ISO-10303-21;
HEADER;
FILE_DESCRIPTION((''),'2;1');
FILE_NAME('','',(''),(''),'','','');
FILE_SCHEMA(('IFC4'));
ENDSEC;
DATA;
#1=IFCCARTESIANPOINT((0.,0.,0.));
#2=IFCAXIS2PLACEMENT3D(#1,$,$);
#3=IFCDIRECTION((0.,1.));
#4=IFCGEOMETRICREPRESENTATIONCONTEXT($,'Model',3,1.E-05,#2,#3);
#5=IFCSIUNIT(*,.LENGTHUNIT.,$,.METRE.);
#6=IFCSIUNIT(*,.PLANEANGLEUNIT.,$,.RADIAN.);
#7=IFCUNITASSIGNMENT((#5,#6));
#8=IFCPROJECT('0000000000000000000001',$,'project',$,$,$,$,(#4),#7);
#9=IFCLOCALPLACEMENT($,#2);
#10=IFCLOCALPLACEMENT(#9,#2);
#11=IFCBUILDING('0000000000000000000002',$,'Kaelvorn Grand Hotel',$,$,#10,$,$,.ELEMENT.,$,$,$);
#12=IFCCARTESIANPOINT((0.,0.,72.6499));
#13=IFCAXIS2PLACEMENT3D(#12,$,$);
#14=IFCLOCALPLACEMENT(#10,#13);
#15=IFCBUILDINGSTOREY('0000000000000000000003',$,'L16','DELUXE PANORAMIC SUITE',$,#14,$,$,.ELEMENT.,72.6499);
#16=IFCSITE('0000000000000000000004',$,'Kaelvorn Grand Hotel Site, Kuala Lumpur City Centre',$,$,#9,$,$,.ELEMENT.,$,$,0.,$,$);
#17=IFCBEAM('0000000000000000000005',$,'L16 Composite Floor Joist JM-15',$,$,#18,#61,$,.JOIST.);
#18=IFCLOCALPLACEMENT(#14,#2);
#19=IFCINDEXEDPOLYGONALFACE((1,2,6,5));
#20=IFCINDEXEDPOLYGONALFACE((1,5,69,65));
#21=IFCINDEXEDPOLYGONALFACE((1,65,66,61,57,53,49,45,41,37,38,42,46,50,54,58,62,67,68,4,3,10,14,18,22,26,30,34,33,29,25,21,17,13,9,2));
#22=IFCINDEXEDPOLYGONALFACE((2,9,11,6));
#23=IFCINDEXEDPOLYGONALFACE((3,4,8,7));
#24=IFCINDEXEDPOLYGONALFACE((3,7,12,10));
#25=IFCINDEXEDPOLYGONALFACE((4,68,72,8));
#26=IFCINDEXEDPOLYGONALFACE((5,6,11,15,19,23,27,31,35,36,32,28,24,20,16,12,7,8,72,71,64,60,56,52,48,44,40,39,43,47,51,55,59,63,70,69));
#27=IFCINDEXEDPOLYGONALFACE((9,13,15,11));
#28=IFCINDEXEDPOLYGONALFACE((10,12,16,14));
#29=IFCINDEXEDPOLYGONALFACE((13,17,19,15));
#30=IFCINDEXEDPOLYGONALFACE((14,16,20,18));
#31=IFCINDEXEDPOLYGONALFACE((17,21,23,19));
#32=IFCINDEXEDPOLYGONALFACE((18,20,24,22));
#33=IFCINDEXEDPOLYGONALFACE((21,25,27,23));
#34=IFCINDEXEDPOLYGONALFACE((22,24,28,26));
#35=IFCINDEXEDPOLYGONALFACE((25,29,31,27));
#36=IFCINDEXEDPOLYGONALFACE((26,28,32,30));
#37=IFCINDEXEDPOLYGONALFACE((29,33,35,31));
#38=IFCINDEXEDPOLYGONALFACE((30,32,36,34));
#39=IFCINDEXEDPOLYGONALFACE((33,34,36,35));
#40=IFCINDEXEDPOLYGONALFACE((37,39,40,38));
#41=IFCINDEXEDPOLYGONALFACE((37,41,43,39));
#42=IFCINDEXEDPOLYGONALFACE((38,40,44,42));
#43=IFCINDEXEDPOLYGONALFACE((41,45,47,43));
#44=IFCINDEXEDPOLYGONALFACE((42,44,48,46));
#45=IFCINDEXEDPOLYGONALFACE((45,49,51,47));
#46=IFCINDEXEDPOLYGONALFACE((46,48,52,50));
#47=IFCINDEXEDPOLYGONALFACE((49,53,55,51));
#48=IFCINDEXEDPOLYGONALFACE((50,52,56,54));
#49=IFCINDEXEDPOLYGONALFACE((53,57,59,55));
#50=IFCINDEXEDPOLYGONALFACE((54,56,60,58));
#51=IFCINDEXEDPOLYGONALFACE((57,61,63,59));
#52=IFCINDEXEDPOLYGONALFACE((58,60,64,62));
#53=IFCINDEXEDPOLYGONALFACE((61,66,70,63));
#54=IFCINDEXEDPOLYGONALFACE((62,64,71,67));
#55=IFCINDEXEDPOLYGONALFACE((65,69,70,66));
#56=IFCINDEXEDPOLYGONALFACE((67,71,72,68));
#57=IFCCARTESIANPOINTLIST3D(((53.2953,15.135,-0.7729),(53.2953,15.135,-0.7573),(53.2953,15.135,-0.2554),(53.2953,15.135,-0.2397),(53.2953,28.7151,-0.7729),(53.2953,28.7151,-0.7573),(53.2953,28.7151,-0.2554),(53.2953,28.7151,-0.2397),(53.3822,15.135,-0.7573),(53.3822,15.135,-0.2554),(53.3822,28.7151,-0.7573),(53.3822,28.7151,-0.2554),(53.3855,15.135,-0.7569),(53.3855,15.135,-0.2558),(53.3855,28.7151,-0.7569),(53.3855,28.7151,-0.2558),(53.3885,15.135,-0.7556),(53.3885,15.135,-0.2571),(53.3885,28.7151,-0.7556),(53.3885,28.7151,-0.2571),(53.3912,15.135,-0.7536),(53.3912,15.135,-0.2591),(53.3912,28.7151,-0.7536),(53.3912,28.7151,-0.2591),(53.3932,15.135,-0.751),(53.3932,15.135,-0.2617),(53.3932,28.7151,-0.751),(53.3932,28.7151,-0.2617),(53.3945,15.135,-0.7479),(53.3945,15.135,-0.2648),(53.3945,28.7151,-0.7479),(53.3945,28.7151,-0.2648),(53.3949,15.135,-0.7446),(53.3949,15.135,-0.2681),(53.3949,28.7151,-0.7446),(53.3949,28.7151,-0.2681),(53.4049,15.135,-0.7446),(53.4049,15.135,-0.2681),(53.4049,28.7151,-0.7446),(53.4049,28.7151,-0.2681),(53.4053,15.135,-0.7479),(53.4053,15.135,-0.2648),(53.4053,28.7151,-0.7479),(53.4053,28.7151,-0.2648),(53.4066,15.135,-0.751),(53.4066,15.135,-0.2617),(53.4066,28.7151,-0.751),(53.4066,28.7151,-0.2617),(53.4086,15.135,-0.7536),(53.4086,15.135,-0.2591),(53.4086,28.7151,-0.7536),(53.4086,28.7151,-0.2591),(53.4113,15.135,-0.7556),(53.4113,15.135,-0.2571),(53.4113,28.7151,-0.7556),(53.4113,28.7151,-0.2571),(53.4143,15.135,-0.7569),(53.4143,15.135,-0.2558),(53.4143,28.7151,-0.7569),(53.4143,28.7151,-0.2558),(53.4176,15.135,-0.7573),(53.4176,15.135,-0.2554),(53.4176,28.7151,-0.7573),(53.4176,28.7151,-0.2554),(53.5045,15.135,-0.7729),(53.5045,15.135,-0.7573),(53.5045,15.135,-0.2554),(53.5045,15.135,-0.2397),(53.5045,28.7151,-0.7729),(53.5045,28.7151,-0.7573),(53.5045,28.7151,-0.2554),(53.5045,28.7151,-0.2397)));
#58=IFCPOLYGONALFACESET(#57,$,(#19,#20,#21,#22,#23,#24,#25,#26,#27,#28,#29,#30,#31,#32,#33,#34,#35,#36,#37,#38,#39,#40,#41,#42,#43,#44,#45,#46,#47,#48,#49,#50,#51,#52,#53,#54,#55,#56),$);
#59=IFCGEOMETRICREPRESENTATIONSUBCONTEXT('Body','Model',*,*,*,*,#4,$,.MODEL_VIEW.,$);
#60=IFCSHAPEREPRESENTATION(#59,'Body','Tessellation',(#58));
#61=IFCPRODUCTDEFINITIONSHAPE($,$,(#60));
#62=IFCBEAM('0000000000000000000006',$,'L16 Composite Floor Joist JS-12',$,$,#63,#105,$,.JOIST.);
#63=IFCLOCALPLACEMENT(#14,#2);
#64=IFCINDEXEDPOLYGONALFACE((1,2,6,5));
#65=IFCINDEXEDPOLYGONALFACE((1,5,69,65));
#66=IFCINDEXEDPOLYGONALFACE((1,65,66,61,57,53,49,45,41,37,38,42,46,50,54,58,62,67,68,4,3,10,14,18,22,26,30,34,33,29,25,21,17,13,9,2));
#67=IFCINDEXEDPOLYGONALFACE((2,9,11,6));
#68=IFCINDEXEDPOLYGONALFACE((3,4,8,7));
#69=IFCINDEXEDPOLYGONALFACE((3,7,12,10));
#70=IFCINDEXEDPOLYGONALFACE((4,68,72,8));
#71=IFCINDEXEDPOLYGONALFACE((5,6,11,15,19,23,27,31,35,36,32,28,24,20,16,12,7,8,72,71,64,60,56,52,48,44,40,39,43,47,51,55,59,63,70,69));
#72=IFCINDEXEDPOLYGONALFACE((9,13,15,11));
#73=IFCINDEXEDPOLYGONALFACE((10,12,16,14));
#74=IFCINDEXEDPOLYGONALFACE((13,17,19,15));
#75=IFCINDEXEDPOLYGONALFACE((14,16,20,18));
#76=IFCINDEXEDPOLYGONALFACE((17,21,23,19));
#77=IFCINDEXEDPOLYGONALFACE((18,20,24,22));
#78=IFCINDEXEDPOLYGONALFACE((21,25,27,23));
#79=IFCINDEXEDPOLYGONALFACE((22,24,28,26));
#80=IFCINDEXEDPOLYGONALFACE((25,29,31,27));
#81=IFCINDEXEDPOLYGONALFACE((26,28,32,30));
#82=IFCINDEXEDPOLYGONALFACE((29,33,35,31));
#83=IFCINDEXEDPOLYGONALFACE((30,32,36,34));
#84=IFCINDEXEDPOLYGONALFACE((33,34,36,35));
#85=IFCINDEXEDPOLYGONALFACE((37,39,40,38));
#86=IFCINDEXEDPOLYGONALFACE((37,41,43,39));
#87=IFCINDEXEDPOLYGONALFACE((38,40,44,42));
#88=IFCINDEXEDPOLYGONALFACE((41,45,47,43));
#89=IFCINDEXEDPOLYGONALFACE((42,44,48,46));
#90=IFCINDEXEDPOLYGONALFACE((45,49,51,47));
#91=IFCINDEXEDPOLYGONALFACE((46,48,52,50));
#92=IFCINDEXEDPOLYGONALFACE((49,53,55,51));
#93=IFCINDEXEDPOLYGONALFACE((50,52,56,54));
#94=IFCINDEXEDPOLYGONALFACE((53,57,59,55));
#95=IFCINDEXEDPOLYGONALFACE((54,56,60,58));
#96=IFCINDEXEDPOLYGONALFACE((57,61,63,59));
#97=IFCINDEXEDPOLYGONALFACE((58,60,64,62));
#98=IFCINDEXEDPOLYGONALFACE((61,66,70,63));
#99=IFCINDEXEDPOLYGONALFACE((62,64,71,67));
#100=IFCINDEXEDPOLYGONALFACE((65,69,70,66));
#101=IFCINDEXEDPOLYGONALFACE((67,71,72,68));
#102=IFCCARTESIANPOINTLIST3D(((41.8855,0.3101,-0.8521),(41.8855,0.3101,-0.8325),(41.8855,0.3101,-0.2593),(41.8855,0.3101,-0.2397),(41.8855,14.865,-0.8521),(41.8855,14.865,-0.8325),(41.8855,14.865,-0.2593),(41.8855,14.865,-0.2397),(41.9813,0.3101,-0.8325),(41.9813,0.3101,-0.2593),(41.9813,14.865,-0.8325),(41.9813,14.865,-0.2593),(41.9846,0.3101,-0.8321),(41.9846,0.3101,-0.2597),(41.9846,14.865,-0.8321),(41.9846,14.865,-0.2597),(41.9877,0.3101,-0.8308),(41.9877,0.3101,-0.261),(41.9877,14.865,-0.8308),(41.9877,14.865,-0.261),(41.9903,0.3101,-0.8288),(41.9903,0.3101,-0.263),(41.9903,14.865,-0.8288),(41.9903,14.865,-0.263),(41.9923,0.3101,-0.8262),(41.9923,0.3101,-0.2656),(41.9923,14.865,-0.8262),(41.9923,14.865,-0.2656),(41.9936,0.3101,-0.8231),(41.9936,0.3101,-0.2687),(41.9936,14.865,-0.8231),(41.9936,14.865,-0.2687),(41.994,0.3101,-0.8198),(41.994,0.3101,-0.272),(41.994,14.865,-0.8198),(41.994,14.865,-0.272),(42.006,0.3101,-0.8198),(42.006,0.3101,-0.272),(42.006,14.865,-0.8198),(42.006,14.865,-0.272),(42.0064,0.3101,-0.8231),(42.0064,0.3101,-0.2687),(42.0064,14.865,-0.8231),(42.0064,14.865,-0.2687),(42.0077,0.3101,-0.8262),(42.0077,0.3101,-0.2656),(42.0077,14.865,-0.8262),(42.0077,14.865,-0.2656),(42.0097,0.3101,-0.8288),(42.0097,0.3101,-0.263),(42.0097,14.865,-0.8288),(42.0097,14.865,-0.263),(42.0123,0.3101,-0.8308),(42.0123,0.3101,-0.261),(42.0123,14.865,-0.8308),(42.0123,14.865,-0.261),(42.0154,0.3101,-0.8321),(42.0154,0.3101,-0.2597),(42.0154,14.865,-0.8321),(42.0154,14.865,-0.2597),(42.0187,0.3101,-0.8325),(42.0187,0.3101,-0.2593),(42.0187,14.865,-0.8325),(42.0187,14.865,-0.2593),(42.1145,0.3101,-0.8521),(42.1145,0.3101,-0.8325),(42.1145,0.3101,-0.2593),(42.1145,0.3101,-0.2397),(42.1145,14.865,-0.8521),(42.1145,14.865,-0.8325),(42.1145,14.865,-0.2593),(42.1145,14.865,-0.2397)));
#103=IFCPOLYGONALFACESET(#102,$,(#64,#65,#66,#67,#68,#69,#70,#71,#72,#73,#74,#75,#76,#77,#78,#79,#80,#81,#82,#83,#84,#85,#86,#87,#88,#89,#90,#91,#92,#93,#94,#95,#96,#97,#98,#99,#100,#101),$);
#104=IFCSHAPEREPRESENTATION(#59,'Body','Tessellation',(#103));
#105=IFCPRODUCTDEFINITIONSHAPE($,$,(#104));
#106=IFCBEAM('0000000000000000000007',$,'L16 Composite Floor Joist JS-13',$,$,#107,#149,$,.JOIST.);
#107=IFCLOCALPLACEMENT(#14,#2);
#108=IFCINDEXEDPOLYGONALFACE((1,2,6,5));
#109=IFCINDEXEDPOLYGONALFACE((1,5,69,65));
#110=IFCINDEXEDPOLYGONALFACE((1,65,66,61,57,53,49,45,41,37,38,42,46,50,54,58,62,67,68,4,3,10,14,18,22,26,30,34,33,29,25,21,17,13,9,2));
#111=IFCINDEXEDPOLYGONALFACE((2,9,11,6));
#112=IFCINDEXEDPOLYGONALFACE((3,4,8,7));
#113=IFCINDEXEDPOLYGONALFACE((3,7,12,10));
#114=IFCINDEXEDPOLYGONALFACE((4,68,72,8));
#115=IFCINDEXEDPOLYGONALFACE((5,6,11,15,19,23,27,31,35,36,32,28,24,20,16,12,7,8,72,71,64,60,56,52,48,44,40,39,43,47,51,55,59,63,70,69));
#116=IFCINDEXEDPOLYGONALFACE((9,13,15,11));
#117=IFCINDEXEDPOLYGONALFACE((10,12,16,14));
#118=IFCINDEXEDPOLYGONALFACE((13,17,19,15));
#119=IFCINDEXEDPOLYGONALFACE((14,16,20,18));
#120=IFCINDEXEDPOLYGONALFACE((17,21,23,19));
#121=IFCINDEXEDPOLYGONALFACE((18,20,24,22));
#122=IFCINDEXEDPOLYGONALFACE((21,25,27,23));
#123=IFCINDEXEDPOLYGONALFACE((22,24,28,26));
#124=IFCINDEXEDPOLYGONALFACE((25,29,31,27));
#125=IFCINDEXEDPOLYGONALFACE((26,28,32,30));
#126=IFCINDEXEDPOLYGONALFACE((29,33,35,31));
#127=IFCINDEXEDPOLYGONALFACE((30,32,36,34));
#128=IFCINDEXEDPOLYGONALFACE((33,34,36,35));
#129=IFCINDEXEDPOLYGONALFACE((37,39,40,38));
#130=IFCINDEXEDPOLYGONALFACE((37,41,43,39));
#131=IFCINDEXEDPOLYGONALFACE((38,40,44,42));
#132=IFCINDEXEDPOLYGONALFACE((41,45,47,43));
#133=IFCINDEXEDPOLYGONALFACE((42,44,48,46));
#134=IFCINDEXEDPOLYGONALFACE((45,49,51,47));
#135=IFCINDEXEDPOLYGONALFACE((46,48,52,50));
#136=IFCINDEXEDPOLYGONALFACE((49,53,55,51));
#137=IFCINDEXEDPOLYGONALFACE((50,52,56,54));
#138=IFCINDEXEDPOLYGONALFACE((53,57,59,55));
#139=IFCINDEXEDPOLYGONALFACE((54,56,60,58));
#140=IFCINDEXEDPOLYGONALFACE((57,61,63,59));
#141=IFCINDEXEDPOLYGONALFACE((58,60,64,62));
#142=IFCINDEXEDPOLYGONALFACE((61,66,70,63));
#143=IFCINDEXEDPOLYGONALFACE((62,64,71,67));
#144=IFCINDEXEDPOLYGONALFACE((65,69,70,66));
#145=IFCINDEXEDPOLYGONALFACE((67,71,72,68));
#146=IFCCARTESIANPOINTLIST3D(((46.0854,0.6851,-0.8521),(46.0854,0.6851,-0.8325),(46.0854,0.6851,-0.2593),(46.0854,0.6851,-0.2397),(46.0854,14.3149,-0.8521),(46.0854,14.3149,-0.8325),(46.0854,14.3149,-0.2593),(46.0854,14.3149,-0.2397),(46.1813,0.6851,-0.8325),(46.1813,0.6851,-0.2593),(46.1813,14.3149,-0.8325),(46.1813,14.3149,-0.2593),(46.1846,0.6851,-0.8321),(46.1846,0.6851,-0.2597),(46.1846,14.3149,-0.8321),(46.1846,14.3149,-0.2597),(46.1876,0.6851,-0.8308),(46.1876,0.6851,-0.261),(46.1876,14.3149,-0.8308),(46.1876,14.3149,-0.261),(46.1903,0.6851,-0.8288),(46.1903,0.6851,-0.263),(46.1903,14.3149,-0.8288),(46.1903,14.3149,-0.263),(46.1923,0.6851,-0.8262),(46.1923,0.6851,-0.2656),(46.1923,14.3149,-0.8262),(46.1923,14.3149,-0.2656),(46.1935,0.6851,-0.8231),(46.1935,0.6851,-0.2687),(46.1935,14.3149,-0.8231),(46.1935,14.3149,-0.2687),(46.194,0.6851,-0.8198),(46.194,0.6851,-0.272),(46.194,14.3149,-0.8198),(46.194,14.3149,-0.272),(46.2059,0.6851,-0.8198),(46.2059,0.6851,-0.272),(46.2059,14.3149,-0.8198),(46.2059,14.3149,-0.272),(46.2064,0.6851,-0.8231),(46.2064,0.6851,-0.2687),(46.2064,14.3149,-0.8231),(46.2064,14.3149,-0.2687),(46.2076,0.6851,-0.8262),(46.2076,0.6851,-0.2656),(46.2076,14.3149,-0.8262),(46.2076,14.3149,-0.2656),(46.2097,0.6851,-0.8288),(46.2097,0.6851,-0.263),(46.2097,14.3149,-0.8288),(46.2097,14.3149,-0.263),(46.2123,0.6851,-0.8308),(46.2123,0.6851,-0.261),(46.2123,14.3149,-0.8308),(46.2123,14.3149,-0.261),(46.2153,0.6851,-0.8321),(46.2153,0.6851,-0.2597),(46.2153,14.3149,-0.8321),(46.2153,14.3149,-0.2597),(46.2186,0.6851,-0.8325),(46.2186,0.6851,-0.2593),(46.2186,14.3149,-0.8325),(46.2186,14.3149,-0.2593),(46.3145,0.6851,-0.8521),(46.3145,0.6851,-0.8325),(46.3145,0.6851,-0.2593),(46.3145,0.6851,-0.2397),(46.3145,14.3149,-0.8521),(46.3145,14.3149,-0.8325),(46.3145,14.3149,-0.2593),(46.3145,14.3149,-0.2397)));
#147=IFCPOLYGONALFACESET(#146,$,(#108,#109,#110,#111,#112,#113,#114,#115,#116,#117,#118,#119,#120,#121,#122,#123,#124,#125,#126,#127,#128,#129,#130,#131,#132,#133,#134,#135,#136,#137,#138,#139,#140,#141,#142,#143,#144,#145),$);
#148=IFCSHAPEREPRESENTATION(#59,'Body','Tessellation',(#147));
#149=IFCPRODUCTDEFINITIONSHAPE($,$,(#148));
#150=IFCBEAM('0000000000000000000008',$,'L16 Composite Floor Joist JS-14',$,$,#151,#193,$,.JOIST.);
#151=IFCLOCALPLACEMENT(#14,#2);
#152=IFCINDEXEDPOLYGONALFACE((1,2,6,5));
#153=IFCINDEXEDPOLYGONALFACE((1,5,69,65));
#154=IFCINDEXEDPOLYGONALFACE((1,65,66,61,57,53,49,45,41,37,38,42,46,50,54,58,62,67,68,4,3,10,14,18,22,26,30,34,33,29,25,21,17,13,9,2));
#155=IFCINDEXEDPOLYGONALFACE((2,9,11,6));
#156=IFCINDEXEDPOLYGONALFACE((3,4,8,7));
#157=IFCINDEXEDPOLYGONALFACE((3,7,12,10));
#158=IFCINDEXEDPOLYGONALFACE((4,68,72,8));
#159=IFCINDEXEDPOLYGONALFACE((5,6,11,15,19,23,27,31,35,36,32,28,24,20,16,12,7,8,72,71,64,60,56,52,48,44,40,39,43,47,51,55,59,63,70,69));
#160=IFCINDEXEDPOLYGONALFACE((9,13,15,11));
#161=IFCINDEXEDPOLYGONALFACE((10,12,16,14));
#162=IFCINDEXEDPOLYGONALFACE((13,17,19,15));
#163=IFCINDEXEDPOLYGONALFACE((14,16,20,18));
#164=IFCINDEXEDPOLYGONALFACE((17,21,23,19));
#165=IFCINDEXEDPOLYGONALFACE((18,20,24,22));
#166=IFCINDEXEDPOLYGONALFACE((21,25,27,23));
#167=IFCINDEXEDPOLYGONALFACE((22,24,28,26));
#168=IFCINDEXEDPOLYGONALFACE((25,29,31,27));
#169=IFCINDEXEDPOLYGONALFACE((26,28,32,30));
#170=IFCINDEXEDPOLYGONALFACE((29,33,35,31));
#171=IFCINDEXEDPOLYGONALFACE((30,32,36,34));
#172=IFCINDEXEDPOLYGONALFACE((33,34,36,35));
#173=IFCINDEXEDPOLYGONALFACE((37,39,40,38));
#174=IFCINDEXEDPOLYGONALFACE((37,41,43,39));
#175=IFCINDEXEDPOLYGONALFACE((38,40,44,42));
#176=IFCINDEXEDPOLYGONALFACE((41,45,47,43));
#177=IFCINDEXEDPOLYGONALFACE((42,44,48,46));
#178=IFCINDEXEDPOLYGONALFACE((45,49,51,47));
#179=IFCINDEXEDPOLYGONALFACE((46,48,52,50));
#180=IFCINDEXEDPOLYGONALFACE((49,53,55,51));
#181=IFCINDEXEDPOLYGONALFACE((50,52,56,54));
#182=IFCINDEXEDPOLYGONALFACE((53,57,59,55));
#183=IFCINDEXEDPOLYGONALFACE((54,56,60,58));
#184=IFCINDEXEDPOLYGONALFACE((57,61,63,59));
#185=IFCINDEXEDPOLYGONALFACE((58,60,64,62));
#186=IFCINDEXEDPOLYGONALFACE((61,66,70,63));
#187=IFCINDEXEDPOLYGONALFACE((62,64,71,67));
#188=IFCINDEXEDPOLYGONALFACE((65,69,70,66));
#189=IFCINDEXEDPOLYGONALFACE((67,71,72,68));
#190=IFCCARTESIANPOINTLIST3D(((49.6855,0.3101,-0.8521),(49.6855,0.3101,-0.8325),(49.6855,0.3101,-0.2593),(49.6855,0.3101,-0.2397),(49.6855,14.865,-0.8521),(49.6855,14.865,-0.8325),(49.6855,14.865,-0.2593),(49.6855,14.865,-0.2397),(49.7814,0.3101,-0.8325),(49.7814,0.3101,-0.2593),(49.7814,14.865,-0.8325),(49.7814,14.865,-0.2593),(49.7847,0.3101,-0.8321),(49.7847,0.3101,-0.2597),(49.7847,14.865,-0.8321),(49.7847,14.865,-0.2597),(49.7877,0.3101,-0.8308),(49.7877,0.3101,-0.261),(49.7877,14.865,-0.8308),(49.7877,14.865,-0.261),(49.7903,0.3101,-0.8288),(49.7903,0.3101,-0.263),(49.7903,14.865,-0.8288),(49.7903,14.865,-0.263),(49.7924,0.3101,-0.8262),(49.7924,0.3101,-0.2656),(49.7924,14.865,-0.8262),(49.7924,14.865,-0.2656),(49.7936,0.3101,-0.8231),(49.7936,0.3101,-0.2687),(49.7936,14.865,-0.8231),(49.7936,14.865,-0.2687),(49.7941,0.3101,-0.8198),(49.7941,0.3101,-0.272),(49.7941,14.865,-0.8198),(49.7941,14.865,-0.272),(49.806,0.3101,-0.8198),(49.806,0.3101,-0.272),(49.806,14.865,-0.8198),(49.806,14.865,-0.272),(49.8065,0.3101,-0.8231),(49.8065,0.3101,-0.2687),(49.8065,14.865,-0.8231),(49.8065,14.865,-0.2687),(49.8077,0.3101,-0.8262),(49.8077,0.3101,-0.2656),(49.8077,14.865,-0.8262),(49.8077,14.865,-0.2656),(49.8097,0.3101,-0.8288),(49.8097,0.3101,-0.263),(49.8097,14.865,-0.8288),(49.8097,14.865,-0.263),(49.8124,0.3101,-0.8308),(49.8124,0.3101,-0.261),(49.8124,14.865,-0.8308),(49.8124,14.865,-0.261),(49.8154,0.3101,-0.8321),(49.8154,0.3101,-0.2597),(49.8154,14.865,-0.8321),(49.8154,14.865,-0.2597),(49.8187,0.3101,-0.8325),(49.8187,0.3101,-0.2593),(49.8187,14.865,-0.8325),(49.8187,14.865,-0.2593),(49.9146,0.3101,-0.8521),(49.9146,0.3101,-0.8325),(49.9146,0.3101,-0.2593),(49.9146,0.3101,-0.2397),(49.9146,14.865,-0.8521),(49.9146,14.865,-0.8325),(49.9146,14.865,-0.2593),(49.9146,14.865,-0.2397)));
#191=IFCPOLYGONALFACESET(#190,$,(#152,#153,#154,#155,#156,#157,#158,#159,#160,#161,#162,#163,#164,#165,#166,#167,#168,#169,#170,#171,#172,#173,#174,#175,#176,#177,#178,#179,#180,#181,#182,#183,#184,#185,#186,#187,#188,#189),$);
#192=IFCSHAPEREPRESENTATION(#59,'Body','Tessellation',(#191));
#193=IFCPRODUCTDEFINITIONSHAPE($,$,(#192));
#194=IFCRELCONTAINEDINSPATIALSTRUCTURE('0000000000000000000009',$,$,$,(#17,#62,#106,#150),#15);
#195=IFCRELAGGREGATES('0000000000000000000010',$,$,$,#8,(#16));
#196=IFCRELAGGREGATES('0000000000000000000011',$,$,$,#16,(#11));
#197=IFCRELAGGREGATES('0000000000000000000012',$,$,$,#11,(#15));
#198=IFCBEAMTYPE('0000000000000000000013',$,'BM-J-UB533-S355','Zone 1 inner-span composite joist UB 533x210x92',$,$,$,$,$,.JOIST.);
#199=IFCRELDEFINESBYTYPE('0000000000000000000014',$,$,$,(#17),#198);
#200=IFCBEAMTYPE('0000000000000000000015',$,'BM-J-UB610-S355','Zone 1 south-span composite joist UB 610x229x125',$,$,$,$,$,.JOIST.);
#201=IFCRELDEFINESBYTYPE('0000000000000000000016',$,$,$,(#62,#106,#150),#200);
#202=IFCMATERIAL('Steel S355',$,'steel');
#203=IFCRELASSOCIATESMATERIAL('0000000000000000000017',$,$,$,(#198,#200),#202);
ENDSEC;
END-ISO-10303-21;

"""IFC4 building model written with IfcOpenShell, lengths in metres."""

from ifc_helpers import new_model, si_unit, direction, frame, origin, origin_2d, place, context, subcontext, project, spatial, i_section, extrude, material, material_profile, profile_set, type_object, element, save


model = new_model("IFC4")

# Units and contexts
model_context = context("Model", 3, precision=1e-05, world=origin(), true_north=direction((0.0, 1.0)))
body_context = subcontext(model_context, "Body", "Model", "MODEL_VIEW")
ifc_project = project(units=[si_unit("LENGTHUNIT", "METRE"), si_unit("PLANEANGLEUNIT", "RADIAN")], contexts=[model_context])

# Site, building, storey
site_placement = place(None, origin())
site = spatial("IfcSite", under=ifc_project, at=site_placement, Name="Kaelvorn Grand Hotel Site, Kuala Lumpur City Centre", CompositionType="ELEMENT", RefElevation=0.0)
building_placement = place(site_placement, origin())
building = spatial("IfcBuilding", under=site, at=building_placement, Name="Kaelvorn Grand Hotel", CompositionType="ELEMENT")
storey_placement = place(building_placement, frame((0.0, 0.0, 72.6499)))
storey = spatial("IfcBuildingStorey", under=building, at=storey_placement, Name="L16", Description="DELUXE PANORAMIC SUITE", CompositionType="ELEMENT", Elevation=72.6499)

# Beams
ifc_material_1 = material(Name="Steel S355", Category="steel")
ifc_material_profile_1 = material_profile(ifc_material_1, i_section(OverallWidth=0.2092, OverallDepth=0.5332, WebThickness=0.01, FlangeThickness=0.0156, FilletRadius=0.0127, at=origin_2d()), Name="UB 533x210x92")
ifc_profile_set_1 = profile_set([ifc_material_profile_1], Name="Steel S355")
beam_type_1 = type_object("IfcBeamType", Name="BM-J-UB533-S355", Description="Zone 1 inner-span composite joist UB 533x210x92", PredefinedType="JOIST", material=ifc_profile_set_1)
beam_1_placement = place(storey_placement, frame((53.3999, 15.135, -0.5063), z_axis=(0.0, 1.0, 0.0), x_axis=(-1.0, 0.0, 0.0)))
element("IfcBeam", 1, at=beam_1_placement, inside=storey, type_object=beam_type_1, Name="L16 Composite Floor Joist JM-15", PredefinedType="JOIST", context=body_context, shape_type="SweptSolid", body=[
    extrude(i_section(OverallWidth=0.2092, OverallDepth=0.5332, WebThickness=0.01, FlangeThickness=0.0156, FilletRadius=0.0127, at=origin_2d()), origin(), (0.0, 0.0, 1.0), 13.5801),
])
ifc_material_profile_2 = material_profile(ifc_material_1, i_section(OverallWidth=0.229, OverallDepth=0.6123, WebThickness=0.012, FlangeThickness=0.0195, FilletRadius=0.0127, at=origin_2d()), Name="UB 610x229x125")
ifc_profile_set_2 = profile_set([ifc_material_profile_2], Name="Steel S355")
beam_type_2 = type_object("IfcBeamType", Name="BM-J-UB610-S355", Description="Zone 1 south-span composite joist UB 610x229x125", PredefinedType="JOIST", material=ifc_profile_set_2)
beam_2_placement = place(storey_placement, frame((42.0, 0.3101, -0.5459), z_axis=(0.0, 1.0, 0.0), x_axis=(-1.0, 0.0, 0.0)))
element("IfcBeam", 2, at=beam_2_placement, inside=storey, type_object=beam_type_2, Name="L16 Composite Floor Joist JS-12", PredefinedType="JOIST", context=body_context, shape_type="SweptSolid", body=[
    extrude(i_section(OverallWidth=0.229, OverallDepth=0.6123, WebThickness=0.012, FlangeThickness=0.0195, FilletRadius=0.0127, at=origin_2d()), origin(), (0.0, 0.0, 1.0), 14.5549),
])
beam_3_placement = place(storey_placement, frame((46.2, 0.6851, -0.5459), z_axis=(0.0, 1.0, 0.0), x_axis=(-1.0, 0.0, 0.0)))
element("IfcBeam", 3, at=beam_3_placement, inside=storey, type_object=beam_type_2, Name="L16 Composite Floor Joist JS-13", PredefinedType="JOIST", context=body_context, shape_type="SweptSolid", body=[
    extrude(i_section(OverallWidth=0.229, OverallDepth=0.6123, WebThickness=0.012, FlangeThickness=0.0195, FilletRadius=0.0127, at=origin_2d()), origin(), (0.0, 0.0, 1.0), 13.6299),
])
beam_4_placement = place(storey_placement, frame((49.8, 0.3101, -0.5459), z_axis=(0.0, 1.0, 0.0), x_axis=(-1.0, 0.0, 0.0)))
element("IfcBeam", 4, at=beam_4_placement, inside=storey, type_object=beam_type_2, Name="L16 Composite Floor Joist JS-14", PredefinedType="JOIST", context=body_context, shape_type="SweptSolid", body=[
    extrude(i_section(OverallWidth=0.229, OverallDepth=0.6123, WebThickness=0.012, FlangeThickness=0.0195, FilletRadius=0.0127, at=origin_2d()), origin(), (0.0, 0.0, 1.0), 14.5549),
])

save(model, "model.ifc")
